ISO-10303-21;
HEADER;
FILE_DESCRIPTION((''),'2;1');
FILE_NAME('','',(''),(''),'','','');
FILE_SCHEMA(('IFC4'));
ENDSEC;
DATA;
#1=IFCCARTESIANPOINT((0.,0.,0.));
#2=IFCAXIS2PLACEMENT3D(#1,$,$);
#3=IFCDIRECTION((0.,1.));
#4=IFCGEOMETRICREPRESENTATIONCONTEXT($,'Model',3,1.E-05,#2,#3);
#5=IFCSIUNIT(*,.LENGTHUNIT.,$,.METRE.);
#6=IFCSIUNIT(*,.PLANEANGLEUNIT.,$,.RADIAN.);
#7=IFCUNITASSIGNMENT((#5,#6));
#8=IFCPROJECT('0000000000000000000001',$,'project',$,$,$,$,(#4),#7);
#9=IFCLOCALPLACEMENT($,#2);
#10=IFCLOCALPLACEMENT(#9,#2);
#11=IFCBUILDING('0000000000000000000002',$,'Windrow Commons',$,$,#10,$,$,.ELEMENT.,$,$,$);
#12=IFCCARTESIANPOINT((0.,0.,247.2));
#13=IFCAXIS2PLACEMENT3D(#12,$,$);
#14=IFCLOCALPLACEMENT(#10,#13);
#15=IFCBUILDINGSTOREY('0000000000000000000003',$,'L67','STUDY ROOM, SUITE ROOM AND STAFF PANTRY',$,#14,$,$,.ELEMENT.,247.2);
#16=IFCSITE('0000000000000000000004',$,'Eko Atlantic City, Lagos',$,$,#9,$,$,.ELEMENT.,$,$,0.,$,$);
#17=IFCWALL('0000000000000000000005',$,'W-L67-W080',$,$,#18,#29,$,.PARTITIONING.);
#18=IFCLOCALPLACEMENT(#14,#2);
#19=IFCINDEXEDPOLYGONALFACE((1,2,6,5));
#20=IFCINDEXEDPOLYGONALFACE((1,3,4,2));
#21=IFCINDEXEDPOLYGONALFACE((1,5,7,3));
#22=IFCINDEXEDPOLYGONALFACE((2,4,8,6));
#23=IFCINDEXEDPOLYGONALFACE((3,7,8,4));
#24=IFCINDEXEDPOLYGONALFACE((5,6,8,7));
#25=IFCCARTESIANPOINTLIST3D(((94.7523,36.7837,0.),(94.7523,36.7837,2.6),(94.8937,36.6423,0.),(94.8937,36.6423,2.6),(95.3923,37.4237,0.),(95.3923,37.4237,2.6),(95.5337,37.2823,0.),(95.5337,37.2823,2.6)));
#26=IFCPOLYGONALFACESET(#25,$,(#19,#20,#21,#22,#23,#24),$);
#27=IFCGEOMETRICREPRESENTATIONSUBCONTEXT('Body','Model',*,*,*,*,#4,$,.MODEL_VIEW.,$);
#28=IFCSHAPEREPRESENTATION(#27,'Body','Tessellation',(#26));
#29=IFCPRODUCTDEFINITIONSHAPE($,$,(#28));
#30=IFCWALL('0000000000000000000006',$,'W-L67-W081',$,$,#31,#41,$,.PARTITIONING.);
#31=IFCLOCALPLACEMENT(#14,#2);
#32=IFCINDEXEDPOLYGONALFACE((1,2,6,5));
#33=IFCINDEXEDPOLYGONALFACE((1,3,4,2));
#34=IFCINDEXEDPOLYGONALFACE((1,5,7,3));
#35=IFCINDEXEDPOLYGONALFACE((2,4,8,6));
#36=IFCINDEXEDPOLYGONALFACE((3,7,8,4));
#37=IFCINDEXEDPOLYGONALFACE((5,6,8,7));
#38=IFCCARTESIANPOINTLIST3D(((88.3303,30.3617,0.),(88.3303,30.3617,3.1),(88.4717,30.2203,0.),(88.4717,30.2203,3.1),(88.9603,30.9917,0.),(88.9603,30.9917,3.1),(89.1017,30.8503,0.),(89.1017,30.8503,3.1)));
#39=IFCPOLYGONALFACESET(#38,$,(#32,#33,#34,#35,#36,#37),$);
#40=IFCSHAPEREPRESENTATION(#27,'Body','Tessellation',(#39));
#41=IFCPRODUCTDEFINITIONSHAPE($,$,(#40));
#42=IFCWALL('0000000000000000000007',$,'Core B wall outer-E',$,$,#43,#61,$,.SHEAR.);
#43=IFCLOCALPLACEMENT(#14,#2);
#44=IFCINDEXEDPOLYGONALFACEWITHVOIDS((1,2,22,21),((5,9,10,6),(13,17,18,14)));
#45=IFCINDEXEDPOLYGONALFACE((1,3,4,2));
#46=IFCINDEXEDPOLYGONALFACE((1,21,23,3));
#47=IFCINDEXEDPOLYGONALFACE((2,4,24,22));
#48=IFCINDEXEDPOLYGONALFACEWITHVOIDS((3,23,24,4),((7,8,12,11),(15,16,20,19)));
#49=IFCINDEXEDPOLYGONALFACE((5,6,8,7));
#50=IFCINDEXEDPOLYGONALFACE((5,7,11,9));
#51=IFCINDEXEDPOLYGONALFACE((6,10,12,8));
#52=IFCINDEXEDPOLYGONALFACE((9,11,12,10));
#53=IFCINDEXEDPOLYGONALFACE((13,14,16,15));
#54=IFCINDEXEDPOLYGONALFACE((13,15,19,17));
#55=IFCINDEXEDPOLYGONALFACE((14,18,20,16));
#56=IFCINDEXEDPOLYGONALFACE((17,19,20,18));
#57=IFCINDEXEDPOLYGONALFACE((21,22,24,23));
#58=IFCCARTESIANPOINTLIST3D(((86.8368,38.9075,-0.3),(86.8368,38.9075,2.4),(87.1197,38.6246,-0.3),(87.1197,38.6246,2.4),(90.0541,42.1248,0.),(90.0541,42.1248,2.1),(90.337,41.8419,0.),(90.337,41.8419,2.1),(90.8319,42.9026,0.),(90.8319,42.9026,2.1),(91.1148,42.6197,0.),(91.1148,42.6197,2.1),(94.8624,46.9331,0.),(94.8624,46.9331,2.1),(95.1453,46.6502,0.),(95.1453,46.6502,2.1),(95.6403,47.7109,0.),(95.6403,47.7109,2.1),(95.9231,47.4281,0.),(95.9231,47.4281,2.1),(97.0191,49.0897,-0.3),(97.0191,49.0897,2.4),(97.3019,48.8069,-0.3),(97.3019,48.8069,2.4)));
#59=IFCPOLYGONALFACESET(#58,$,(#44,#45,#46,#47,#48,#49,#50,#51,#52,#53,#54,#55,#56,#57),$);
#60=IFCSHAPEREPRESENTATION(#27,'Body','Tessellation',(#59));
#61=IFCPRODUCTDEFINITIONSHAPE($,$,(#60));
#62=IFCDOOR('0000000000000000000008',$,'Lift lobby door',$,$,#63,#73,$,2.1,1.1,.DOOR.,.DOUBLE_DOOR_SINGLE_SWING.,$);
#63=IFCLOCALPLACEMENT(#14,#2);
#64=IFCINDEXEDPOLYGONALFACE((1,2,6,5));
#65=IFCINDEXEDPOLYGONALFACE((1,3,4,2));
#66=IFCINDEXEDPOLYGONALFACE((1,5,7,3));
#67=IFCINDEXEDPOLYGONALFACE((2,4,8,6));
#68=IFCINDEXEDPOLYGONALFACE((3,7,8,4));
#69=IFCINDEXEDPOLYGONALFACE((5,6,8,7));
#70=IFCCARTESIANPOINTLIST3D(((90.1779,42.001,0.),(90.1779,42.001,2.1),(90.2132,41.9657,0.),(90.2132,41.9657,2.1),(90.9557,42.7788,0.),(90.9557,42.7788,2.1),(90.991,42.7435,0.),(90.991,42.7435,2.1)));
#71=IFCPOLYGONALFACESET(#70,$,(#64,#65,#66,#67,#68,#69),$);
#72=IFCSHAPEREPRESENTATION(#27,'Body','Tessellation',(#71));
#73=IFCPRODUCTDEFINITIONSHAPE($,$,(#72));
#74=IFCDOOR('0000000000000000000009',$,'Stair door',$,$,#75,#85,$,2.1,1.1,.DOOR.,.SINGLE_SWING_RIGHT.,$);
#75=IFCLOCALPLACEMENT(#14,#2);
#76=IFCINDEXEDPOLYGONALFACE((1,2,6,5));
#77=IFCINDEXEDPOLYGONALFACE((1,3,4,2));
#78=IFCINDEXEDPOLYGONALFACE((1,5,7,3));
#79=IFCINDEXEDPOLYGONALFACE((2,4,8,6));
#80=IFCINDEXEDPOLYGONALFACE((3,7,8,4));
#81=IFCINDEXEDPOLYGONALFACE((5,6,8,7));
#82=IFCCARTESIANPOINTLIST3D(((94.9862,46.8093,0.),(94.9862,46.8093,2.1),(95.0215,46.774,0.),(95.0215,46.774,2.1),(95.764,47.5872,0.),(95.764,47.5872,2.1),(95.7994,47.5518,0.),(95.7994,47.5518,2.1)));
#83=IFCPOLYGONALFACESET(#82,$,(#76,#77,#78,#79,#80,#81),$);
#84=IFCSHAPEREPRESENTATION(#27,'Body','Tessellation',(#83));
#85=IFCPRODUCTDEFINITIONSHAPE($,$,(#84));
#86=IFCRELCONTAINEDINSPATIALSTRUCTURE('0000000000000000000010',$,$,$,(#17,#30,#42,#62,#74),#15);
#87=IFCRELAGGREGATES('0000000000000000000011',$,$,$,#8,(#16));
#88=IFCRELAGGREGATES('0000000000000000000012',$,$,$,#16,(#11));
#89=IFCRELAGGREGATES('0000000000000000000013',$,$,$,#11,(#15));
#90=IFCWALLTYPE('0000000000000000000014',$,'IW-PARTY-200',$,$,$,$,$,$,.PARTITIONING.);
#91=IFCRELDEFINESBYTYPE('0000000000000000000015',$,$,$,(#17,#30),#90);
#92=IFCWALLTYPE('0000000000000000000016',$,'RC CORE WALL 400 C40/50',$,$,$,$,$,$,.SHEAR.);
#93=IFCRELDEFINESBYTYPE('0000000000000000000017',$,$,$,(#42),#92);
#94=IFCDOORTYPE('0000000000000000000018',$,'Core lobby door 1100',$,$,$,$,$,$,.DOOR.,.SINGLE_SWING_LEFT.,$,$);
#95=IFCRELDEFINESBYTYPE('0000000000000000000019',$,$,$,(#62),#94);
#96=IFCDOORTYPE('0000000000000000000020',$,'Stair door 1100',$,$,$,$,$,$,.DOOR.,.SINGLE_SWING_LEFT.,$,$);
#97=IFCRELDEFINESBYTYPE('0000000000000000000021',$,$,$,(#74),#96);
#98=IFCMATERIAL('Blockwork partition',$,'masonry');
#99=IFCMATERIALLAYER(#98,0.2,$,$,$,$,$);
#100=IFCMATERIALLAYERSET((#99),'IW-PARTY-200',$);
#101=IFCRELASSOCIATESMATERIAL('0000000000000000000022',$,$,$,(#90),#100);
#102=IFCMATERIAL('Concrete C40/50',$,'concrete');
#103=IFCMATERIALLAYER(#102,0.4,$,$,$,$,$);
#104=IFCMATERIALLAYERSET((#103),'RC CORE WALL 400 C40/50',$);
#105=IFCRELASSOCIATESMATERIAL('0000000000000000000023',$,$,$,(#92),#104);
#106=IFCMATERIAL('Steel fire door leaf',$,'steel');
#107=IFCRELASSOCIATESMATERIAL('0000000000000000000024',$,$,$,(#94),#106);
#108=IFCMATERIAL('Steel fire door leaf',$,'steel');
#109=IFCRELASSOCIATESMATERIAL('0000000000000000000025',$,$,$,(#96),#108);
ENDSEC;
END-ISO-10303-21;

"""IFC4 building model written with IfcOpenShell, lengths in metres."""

from ifc_helpers import new_model, si_unit, direction, frame, frame_2d, origin, place, context, subcontext, project, spatial, rectangle, extrude, material, layer, layer_set, type_object, element, fill, save


model = new_model("IFC4")

# Units and contexts
model_context = context("Model", 3, precision=1e-05, world=origin(), true_north=direction((0.0, 1.0)))
body_context = subcontext(model_context, "Body", "Model", "MODEL_VIEW")
ifc_project = project(units=[si_unit("LENGTHUNIT", "METRE"), si_unit("PLANEANGLEUNIT", "RADIAN")], contexts=[model_context])

# Site, building, storey
site_placement = place(None, origin())
site = spatial("IfcSite", under=ifc_project, at=site_placement, Name="Eko Atlantic City, Lagos", CompositionType="ELEMENT", RefElevation=0.0)
building_placement = place(site_placement, origin())
building = spatial("IfcBuilding", under=site, at=building_placement, Name="Windrow Commons", CompositionType="ELEMENT")
storey_placement = place(building_placement, frame((0.0, 0.0, 247.2)))
storey = spatial("IfcBuildingStorey", under=building, at=storey_placement, Name="L67", Description="STUDY ROOM, SUITE ROOM AND STAFF PANTRY", CompositionType="ELEMENT", Elevation=247.2)

# Walls
ifc_material_1 = material(Name="Blockwork partition", Category="masonry")
ifc_layer_1 = layer(ifc_material_1, 0.2)
ifc_layer_set_1 = layer_set([ifc_layer_1], Name="IW-PARTY-200")
wall_type_1 = type_object("IfcWallType", Name="IW-PARTY-200", PredefinedType="PARTITIONING", material=ifc_layer_set_1)
wall_1_placement = place(storey_placement, frame((94.823, 36.713, 0.0), z_axis=(0.0, 0.0, 1.0), x_axis=(0.707107, 0.707107, 0.0)))
element("IfcWall", 1, at=wall_1_placement, inside=storey, type_object=wall_type_1, Name="W-L67-W080", PredefinedType="PARTITIONING", context=body_context, shape_type="SweptSolid", body=[
    extrude(rectangle(XDim=0.9051, YDim=0.2, at=frame_2d((0.4526, 0.0))), origin(), (0.0, 0.0, 1.0), 2.6),
])
wall_2_placement = place(storey_placement, frame((88.401, 30.291, 0.0), z_axis=(0.0, 0.0, 1.0), x_axis=(0.707107, 0.707107, 0.0)))
element("IfcWall", 2, at=wall_2_placement, inside=storey, type_object=wall_type_1, Name="W-L67-W081", PredefinedType="PARTITIONING", context=body_context, shape_type="SweptSolid", body=[
    extrude(rectangle(XDim=0.891, YDim=0.2, at=frame_2d((0.4455, 0.0))), origin(), (0.0, 0.0, 1.0), 3.1),
])

# Wall, openings, doors
ifc_material_2 = material(Name="Concrete C40/50", Category="concrete")
ifc_layer_2 = layer(ifc_material_2, 0.4)
ifc_layer_set_2 = layer_set([ifc_layer_2], Name="RC CORE WALL 400 C40/50")
wall_type_2 = type_object("IfcWallType", Name="RC CORE WALL 400 C40/50", PredefinedType="SHEAR", material=ifc_layer_set_2)
wall_3_placement = place(storey_placement, frame((86.9782, 38.766, -0.3), z_axis=(0.0, 0.0, 1.0), x_axis=(0.707107, 0.707107, 0.0)))
wall_3 = element("IfcWall", 3, at=wall_3_placement, inside=storey, type_object=wall_type_2, Name="Core B wall outer-E", PredefinedType="SHEAR", context=body_context, shape_type="SweptSolid", body=[
    extrude(rectangle(XDim=14.3999, YDim=0.4, at=frame_2d((7.2, 0.0))), origin(), (0.0, 0.0, 1.0), 2.7),
])
opening_1_placement = place(wall_3_placement, frame((4.55, 0.0, 0.3)))
opening_1 = element("IfcOpeningElement", 4, at=opening_1_placement, cuts=wall_3, PredefinedType="OPENING", context=body_context, shape_type="SweptSolid", body=[
    extrude(rectangle(XDim=1.1, YDim=2.1, at=frame_2d((0.55, 1.05))), frame((0.0, 0.21, 0.0), z_axis=(0.0, -1.0, 0.0), x_axis=(1.0, 0.0, 0.0)), (0.0, 0.0, 1.0), 0.42),
])
opening_2_placement = place(wall_3_placement, frame((11.35, 0.0, 0.3)))
opening_2 = element("IfcOpeningElement", 5, at=opening_2_placement, cuts=wall_3, PredefinedType="OPENING", context=body_context, shape_type="SweptSolid", body=[
    extrude(rectangle(XDim=1.1, YDim=2.1, at=frame_2d((0.55, 1.05))), frame((0.0, 0.21, 0.0), z_axis=(0.0, -1.0, 0.0), x_axis=(1.0, 0.0, 0.0)), (0.0, 0.0, 1.0), 0.42),
])
ifc_material_3 = material(Name="Steel fire door leaf", Category="steel")
door_type_1 = type_object("IfcDoorType", Name="Core lobby door 1100", OperationType="SINGLE_SWING_LEFT", PredefinedType="DOOR", material=ifc_material_3)
door_1_placement = place(opening_1_placement, origin())
door_1 = element("IfcDoor", 6, at=door_1_placement, inside=storey, type_object=door_type_1, Name="Lift lobby door", OperationType="DOUBLE_DOOR_SINGLE_SWING", OverallHeight=2.1, OverallWidth=1.1, PredefinedType="DOOR", context=body_context, shape_type="SweptSolid", body=[
    extrude(rectangle(XDim=1.1, YDim=2.1, at=frame_2d((0.55, 1.05))), frame((0.0, 0.025, 0.0), z_axis=(0.0, -1.0, 0.0), x_axis=(1.0, 0.0, 0.0)), (0.0, 0.0, 1.0), 0.05),
])
fill(opening_1, door_1)
ifc_material_4 = material(Name="Steel fire door leaf", Category="steel")
door_type_2 = type_object("IfcDoorType", Name="Stair door 1100", OperationType="SINGLE_SWING_LEFT", PredefinedType="DOOR", material=ifc_material_4)
door_2_placement = place(opening_2_placement, origin())
door_2 = element("IfcDoor", 7, at=door_2_placement, inside=storey, type_object=door_type_2, Name="Stair door", OperationType="SINGLE_SWING_RIGHT", OverallHeight=2.1, OverallWidth=1.1, PredefinedType="DOOR", context=body_context, shape_type="SweptSolid", body=[
    extrude(rectangle(XDim=1.1, YDim=2.1, at=frame_2d((0.55, 1.05))), frame((0.0, 0.025, 0.0), z_axis=(0.0, -1.0, 0.0), x_axis=(1.0, 0.0, 0.0)), (0.0, 0.0, 1.0), 0.05),
])
fill(opening_2, door_2)

save(model, "model.ifc")
